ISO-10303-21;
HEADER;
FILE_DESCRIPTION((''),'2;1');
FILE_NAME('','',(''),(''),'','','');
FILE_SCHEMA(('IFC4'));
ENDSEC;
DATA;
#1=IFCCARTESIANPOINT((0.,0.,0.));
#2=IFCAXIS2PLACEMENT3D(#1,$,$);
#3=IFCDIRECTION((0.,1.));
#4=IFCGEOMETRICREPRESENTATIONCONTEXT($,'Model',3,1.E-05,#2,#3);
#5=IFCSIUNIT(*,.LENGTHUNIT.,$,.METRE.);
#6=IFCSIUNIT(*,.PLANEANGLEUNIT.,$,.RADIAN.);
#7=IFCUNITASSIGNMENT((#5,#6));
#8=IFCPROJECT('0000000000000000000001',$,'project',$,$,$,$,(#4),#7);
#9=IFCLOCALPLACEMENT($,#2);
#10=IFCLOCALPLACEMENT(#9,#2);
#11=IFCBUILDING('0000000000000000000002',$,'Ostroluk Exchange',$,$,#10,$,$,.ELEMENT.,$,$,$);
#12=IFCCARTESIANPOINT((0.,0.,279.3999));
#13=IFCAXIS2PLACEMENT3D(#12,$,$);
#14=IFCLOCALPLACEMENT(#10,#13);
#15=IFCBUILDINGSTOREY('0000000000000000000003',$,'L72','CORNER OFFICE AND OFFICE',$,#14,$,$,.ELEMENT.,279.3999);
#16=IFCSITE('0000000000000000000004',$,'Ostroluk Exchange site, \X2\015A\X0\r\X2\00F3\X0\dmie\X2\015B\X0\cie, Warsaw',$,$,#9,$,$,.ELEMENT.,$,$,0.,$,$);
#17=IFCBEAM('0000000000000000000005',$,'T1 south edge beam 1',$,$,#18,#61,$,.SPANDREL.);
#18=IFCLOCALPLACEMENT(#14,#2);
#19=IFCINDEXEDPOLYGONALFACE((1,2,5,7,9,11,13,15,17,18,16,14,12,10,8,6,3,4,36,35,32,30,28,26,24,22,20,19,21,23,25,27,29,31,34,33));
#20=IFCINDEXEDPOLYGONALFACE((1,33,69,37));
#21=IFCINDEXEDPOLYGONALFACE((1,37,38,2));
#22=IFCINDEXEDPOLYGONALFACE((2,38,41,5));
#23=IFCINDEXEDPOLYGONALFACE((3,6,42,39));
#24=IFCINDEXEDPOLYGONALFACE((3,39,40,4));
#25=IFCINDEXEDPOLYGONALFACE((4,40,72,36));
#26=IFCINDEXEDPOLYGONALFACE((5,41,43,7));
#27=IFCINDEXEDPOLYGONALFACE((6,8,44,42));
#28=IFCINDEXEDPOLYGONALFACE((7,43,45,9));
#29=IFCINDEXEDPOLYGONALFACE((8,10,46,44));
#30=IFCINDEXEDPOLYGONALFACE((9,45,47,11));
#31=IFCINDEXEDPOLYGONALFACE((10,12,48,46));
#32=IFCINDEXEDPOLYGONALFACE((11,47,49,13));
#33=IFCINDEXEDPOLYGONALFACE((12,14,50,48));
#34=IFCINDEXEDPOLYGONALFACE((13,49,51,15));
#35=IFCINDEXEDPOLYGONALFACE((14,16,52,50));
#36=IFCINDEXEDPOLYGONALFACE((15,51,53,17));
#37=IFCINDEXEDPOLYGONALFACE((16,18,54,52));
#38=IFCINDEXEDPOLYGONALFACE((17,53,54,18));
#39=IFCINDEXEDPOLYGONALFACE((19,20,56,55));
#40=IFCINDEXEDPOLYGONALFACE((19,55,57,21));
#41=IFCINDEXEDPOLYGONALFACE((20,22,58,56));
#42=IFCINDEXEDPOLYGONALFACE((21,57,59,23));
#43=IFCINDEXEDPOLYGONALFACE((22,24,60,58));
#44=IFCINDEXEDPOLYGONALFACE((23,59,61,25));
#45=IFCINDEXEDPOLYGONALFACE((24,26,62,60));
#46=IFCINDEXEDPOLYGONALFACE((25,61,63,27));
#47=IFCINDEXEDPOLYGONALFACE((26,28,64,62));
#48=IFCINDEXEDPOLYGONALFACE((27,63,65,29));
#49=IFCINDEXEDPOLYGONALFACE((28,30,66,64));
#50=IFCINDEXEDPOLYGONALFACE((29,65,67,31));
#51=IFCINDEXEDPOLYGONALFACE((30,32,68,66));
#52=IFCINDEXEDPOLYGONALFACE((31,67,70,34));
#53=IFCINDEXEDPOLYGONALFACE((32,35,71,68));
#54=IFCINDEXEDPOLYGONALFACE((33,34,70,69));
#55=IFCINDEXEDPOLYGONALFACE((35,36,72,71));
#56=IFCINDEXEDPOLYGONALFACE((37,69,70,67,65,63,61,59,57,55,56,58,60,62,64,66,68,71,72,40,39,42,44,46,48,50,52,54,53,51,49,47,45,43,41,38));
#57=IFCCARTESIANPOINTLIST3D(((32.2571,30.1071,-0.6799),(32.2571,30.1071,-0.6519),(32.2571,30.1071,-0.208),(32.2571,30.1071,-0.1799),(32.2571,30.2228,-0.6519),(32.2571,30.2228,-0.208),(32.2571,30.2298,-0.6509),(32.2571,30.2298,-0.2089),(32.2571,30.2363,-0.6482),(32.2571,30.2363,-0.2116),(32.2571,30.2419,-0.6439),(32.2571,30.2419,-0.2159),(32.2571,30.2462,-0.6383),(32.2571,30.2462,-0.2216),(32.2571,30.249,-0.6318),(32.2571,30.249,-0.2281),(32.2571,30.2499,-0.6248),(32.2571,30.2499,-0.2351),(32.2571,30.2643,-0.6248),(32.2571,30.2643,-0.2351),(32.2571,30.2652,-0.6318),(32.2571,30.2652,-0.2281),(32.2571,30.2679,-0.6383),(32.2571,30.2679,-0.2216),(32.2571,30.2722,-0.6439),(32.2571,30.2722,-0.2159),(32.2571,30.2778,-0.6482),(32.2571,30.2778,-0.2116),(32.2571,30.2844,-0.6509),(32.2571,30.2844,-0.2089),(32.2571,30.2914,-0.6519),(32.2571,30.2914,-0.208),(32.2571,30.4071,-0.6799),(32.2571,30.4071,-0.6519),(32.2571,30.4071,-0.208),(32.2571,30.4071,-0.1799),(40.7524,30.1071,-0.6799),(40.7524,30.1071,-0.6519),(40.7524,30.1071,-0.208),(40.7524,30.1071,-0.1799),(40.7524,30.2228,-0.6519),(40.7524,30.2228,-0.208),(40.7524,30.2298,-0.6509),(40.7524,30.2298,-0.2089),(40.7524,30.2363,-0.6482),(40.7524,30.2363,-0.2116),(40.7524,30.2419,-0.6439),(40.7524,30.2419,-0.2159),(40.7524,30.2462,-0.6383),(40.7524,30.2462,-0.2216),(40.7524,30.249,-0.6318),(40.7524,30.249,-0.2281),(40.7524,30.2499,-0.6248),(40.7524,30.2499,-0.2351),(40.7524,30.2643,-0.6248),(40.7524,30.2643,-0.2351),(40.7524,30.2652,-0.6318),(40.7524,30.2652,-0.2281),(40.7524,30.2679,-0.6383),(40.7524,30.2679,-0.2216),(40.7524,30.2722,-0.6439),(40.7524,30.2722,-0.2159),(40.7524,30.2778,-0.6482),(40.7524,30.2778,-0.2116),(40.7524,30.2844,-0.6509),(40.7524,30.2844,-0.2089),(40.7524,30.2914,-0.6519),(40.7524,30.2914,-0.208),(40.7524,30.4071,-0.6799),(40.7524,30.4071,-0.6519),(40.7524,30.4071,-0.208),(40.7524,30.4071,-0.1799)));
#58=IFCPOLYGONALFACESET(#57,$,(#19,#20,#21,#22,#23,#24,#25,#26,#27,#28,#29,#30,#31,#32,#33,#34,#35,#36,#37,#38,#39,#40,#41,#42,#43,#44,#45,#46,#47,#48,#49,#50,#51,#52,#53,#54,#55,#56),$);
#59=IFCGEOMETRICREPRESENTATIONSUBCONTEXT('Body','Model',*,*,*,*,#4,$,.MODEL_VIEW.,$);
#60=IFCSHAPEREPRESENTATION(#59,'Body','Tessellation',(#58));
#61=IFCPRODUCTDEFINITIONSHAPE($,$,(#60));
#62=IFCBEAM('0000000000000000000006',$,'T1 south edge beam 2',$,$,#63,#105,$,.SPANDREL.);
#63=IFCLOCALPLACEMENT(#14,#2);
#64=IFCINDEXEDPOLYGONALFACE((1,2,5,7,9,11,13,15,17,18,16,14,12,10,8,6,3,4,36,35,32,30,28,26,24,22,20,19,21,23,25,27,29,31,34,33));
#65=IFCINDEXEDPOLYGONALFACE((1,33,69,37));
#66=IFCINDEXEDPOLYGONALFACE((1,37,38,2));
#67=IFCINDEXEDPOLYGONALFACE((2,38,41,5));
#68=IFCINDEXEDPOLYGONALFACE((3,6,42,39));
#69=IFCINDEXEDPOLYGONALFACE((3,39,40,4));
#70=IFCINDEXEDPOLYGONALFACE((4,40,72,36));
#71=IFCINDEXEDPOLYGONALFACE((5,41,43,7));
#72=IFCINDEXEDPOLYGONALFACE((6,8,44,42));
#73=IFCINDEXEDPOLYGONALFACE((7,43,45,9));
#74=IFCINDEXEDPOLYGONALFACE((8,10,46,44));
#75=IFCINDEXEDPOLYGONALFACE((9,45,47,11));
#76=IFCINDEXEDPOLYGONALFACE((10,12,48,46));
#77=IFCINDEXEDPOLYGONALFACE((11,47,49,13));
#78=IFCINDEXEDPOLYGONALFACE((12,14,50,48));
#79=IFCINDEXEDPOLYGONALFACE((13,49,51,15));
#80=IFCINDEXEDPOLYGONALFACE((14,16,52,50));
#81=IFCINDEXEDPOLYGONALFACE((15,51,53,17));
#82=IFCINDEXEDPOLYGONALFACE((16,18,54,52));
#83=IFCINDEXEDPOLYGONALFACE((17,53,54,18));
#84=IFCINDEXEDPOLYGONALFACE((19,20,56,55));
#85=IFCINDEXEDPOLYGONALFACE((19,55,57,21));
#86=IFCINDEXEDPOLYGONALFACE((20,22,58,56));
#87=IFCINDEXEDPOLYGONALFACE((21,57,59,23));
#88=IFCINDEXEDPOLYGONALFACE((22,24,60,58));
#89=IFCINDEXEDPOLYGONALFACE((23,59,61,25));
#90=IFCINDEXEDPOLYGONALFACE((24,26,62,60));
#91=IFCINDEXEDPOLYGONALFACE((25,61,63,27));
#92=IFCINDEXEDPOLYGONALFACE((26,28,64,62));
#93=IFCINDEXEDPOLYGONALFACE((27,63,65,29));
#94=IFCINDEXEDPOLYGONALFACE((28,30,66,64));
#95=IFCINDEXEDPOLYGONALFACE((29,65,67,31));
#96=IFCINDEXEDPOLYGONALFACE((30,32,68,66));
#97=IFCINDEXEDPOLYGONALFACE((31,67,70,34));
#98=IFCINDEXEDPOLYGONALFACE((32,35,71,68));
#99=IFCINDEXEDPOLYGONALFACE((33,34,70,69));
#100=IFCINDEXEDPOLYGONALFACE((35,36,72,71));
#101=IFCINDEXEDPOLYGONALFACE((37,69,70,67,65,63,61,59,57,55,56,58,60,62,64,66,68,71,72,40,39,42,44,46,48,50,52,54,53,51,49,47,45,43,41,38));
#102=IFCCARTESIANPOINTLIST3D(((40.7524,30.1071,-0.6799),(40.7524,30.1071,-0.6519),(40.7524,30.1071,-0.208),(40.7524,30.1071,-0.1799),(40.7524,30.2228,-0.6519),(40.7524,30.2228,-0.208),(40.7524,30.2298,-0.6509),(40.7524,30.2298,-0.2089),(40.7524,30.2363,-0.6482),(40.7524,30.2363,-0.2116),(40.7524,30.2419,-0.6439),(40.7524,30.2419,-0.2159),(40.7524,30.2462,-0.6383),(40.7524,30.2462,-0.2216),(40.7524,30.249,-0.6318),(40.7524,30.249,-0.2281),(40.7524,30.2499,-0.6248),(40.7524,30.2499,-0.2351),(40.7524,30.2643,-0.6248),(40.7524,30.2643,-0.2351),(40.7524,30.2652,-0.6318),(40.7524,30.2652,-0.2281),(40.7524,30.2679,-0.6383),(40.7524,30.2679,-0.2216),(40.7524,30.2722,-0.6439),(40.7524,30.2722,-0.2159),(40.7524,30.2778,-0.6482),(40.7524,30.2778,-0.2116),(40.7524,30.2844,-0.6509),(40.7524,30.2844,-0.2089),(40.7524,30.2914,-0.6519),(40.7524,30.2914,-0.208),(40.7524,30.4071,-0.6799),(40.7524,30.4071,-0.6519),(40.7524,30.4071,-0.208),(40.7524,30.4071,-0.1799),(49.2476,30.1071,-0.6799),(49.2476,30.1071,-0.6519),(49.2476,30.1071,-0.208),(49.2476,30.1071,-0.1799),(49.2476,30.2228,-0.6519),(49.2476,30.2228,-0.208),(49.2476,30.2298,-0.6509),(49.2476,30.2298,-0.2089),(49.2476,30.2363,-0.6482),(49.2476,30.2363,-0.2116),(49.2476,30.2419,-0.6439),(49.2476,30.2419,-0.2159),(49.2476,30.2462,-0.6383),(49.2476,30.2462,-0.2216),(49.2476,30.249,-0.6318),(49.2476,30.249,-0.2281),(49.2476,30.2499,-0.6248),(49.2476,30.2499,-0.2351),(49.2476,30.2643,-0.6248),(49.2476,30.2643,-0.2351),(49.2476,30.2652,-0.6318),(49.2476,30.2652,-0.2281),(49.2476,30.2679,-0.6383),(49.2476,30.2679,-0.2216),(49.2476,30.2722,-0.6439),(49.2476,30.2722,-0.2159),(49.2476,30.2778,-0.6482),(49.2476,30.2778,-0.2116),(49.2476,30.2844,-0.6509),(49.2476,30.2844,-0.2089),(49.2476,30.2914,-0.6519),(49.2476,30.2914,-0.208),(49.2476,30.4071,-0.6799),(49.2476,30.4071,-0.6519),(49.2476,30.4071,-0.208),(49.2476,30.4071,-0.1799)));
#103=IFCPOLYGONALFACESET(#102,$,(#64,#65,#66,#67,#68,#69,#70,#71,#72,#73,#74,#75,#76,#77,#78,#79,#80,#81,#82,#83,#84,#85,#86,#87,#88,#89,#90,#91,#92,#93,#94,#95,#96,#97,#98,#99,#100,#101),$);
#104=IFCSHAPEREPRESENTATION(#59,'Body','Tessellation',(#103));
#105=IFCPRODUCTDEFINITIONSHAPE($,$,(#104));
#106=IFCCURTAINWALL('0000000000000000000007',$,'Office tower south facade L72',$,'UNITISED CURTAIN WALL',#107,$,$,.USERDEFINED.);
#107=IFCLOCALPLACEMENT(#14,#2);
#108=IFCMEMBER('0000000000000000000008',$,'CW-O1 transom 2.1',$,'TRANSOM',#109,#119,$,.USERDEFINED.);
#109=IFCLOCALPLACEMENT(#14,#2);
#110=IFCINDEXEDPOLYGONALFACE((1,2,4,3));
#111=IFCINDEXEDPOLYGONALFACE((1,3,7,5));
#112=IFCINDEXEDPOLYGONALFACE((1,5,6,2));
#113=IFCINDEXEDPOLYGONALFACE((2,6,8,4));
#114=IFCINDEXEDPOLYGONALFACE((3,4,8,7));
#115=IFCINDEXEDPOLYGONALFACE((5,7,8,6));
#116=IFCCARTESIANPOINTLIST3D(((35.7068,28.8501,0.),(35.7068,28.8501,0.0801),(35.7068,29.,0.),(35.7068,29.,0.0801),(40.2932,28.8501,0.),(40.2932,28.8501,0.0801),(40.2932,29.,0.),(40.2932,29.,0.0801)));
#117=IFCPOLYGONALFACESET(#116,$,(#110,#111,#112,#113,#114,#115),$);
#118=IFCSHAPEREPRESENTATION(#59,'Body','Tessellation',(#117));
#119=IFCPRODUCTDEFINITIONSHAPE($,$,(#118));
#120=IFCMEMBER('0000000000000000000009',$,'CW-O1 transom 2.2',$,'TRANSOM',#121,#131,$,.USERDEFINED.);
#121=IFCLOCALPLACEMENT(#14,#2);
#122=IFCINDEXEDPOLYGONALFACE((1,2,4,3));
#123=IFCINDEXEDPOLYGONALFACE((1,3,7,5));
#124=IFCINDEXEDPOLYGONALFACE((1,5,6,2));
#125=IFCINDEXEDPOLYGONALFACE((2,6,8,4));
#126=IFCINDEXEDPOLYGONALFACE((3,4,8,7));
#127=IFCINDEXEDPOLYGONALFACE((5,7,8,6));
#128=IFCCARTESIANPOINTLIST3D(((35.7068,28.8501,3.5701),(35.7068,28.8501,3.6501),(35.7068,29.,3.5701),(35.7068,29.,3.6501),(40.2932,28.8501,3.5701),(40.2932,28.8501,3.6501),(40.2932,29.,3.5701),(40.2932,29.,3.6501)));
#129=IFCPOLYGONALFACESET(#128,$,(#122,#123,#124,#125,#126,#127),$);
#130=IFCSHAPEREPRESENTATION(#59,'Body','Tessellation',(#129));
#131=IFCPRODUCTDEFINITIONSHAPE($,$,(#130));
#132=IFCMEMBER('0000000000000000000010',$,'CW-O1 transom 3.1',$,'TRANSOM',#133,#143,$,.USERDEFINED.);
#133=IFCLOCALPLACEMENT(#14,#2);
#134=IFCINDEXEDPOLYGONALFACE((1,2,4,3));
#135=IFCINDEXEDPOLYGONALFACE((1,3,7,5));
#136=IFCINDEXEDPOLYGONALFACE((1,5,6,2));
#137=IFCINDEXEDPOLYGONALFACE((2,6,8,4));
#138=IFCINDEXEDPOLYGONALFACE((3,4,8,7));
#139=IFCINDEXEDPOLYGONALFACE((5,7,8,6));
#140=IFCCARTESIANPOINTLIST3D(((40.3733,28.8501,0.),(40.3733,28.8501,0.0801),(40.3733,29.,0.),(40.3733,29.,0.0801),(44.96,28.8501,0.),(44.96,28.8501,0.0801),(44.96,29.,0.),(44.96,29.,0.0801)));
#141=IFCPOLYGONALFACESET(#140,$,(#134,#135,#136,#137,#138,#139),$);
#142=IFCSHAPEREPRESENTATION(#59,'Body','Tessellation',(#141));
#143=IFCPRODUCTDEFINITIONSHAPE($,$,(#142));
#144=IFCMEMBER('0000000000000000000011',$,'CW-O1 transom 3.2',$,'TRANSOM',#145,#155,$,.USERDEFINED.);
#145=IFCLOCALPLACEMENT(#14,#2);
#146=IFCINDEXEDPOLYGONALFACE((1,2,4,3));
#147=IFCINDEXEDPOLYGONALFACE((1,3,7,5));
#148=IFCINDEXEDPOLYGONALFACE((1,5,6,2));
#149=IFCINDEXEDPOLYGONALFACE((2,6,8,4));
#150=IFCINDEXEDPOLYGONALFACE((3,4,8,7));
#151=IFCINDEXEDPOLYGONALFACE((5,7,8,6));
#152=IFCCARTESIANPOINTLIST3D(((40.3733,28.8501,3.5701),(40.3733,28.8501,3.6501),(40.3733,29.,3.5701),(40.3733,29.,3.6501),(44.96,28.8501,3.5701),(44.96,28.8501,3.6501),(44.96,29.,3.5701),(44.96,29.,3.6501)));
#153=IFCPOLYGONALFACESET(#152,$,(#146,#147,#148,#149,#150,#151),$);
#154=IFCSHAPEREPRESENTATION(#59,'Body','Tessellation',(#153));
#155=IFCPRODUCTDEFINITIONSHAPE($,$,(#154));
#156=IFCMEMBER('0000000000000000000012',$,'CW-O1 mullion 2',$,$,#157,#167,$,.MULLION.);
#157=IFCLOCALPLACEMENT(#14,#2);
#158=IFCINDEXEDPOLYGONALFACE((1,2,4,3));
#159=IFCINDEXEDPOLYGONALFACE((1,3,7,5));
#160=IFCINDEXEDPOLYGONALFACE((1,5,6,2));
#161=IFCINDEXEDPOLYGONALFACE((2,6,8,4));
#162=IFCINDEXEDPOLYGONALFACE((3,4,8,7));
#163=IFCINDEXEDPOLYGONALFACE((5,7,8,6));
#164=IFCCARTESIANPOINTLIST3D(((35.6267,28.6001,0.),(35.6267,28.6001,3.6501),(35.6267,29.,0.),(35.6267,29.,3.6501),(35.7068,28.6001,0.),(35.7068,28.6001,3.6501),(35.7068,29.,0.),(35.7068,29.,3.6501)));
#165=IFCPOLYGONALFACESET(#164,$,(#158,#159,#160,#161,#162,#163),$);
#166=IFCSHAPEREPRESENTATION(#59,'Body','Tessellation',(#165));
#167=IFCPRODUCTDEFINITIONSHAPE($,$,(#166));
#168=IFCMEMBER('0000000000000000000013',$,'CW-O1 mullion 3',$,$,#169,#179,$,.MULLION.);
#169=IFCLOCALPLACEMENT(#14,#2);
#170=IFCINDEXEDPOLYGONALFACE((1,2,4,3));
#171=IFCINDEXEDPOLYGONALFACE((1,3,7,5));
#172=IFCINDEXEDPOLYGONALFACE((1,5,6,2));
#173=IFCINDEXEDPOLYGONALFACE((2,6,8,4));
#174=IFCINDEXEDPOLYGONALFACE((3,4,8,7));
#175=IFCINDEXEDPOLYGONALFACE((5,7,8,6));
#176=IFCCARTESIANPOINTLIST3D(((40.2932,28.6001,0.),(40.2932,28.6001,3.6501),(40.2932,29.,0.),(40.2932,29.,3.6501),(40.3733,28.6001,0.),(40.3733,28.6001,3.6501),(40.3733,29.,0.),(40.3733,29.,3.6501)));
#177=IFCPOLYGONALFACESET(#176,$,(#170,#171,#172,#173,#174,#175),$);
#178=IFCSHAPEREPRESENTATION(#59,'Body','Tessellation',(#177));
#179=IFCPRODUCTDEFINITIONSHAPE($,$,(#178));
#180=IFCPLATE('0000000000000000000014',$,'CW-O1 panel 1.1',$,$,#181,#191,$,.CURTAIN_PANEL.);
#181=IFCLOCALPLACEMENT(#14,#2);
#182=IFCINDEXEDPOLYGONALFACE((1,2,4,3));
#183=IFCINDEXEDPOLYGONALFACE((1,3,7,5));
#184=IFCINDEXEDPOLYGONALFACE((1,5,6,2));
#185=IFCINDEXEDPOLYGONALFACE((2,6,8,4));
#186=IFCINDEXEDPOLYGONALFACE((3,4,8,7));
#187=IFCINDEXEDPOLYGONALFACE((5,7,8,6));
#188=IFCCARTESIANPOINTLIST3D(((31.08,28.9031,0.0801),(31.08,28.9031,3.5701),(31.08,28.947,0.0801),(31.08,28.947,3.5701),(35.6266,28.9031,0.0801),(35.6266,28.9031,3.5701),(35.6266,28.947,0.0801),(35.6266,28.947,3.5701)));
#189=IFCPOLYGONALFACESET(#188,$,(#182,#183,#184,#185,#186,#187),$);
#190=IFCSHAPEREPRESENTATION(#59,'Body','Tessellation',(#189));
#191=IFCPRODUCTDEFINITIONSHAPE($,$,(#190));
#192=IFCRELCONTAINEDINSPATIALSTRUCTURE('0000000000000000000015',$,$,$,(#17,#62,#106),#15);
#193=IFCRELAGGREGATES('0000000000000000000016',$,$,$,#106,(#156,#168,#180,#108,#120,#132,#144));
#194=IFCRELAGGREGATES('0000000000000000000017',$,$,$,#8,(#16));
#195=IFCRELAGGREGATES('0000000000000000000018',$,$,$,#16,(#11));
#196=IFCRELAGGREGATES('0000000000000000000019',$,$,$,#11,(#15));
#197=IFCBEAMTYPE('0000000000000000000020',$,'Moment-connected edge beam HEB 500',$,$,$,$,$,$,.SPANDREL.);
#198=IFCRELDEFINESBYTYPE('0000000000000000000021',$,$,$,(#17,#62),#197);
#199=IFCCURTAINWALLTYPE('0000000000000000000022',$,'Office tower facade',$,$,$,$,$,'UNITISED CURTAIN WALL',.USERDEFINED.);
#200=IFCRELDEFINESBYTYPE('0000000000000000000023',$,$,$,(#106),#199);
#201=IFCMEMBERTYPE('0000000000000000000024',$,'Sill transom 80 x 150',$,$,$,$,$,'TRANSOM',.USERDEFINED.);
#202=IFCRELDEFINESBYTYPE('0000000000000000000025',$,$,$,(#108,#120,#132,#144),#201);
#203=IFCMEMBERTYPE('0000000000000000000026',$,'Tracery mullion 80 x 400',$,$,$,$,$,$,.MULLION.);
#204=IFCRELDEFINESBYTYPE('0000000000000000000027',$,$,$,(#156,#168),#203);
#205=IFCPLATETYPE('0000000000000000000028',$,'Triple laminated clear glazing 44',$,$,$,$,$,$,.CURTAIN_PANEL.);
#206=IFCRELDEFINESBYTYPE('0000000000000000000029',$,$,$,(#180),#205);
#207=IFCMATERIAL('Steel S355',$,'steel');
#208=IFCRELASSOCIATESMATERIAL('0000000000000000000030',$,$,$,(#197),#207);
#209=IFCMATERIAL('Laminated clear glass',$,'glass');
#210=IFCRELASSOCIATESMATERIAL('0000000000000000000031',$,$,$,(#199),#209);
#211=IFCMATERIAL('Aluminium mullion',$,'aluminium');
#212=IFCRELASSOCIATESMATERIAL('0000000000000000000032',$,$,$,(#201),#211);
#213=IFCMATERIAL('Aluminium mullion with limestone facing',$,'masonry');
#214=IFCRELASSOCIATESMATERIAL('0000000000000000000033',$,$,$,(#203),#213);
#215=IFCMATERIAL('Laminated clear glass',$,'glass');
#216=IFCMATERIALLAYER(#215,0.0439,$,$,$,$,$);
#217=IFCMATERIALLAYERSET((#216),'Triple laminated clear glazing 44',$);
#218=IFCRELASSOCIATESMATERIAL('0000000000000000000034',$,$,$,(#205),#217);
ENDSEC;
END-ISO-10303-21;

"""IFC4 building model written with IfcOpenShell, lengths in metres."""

from ifc_helpers import new_model, si_unit, direction, frame, origin, origin_2d, place, context, subcontext, project, spatial, rectangle, i_section, extrude, material, layer, layer_set, material_profile, profile_set, type_object, element, aggregate, save


model = new_model("IFC4")

# Units and contexts
model_context = context("Model", 3, precision=1e-05, world=origin(), true_north=direction((0.0, 1.0)))
body_context = subcontext(model_context, "Body", "Model", "MODEL_VIEW")
ifc_project = project(units=[si_unit("LENGTHUNIT", "METRE"), si_unit("PLANEANGLEUNIT", "RADIAN")], contexts=[model_context])

# Site, building, storey
site_placement = place(None, origin())
site = spatial("IfcSite", under=ifc_project, at=site_placement, Name="Ostroluk Exchange site, Śródmieście, Warsaw", CompositionType="ELEMENT", RefElevation=0.0)
building_placement = place(site_placement, origin())
building = spatial("IfcBuilding", under=site, at=building_placement, Name="Ostroluk Exchange", CompositionType="ELEMENT")
storey_placement = place(building_placement, frame((0.0, 0.0, 279.3999)))
storey = spatial("IfcBuildingStorey", under=building, at=storey_placement, Name="L72", Description="CORNER OFFICE AND OFFICE", CompositionType="ELEMENT", Elevation=279.3999)

# Beams
ifc_material_1 = material(Name="Steel S355", Category="steel")
ifc_material_profile_1 = material_profile(ifc_material_1, i_section(OverallWidth=0.3, OverallDepth=0.5, WebThickness=0.0144, FlangeThickness=0.0281, FilletRadius=0.0271, at=origin_2d()), Name="HEB 500")
ifc_profile_set_1 = profile_set([ifc_material_profile_1], Name="Steel S355")
beam_type_1 = type_object("IfcBeamType", Name="Moment-connected edge beam HEB 500", PredefinedType="SPANDREL", material=ifc_profile_set_1)
beam_1_placement = place(storey_placement, frame((32.2571, 30.2571, -0.4299), z_axis=(1.0, 0.0, 0.0), x_axis=(0.0, 1.0, 0.0)))
element("IfcBeam", 1, at=beam_1_placement, inside=storey, type_object=beam_type_1, Name="T1 south edge beam 1", PredefinedType="SPANDREL", context=body_context, shape_type="SweptSolid", body=[
    extrude(i_section(OverallWidth=0.3, OverallDepth=0.5, WebThickness=0.0144, FlangeThickness=0.0281, FilletRadius=0.0271, at=origin_2d()), origin(), (0.0, 0.0, 1.0), 8.4954),
])
beam_2_placement = place(storey_placement, frame((40.7524, 30.2571, -0.4299), z_axis=(1.0, 0.0, 0.0), x_axis=(0.0, 1.0, 0.0)))
element("IfcBeam", 2, at=beam_2_placement, inside=storey, type_object=beam_type_1, Name="T1 south edge beam 2", PredefinedType="SPANDREL", context=body_context, shape_type="SweptSolid", body=[
    extrude(i_section(OverallWidth=0.3, OverallDepth=0.5, WebThickness=0.0144, FlangeThickness=0.0281, FilletRadius=0.0271, at=origin_2d()), origin(), (0.0, 0.0, 1.0), 8.4951),
])

# Curtain wall, members, plate
ifc_material_2 = material(Name="Laminated clear glass", Category="glass")
curtain_wall_type = type_object("IfcCurtainWallType", Name="Office tower facade", ElementType="UNITISED CURTAIN WALL", PredefinedType="USERDEFINED", material=ifc_material_2)
curtain_wall_placement = place(storey_placement, origin())
curtain_wall = element("IfcCurtainWall", 3, at=curtain_wall_placement, inside=storey, type_object=curtain_wall_type, Name="Office tower south facade L72", ObjectType="UNITISED CURTAIN WALL", PredefinedType="USERDEFINED")
ifc_material_3 = material(Name="Aluminium mullion", Category="aluminium")
ifc_material_profile_2 = material_profile(ifc_material_3, rectangle(XDim=0.1499, YDim=0.0801, at=origin_2d()), Name="Sill transom 80 x 150")
ifc_profile_set_2 = profile_set([ifc_material_profile_2], Name="Aluminium mullion")
member_type_1 = type_object("IfcMemberType", Name="Sill transom 80 x 150", ElementType="TRANSOM", PredefinedType="USERDEFINED", material=ifc_profile_set_2)
member_1_placement = place(storey_placement, frame((35.7068, 28.925, 0.04), z_axis=(1.0, 0.0, 0.0), x_axis=(0.0, 1.0, 0.0)))
member_1 = element("IfcMember", 4, at=member_1_placement, type_object=member_type_1, Name="CW-O1 transom 2.1", ObjectType="TRANSOM", PredefinedType="USERDEFINED", context=body_context, shape_type="SweptSolid", body=[
    extrude(rectangle(XDim=0.1499, YDim=0.0801, at=origin_2d()), origin(), (0.0, 0.0, 1.0), 4.5864),
])
member_2_placement = place(storey_placement, frame((35.7068, 28.925, 3.6101), z_axis=(1.0, 0.0, 0.0), x_axis=(0.0, 1.0, 0.0)))
member_2 = element("IfcMember", 5, at=member_2_placement, type_object=member_type_1, Name="CW-O1 transom 2.2", ObjectType="TRANSOM", PredefinedType="USERDEFINED", context=body_context, shape_type="SweptSolid", body=[
    extrude(rectangle(XDim=0.1499, YDim=0.0801, at=origin_2d()), origin(), (0.0, 0.0, 1.0), 4.5864),
])
member_3_placement = place(storey_placement, frame((40.3733, 28.925, 0.04), z_axis=(1.0, 0.0, 0.0), x_axis=(0.0, 1.0, 0.0)))
member_3 = element("IfcMember", 6, at=member_3_placement, type_object=member_type_1, Name="CW-O1 transom 3.1", ObjectType="TRANSOM", PredefinedType="USERDEFINED", context=body_context, shape_type="SweptSolid", body=[
    extrude(rectangle(XDim=0.1499, YDim=0.0801, at=origin_2d()), origin(), (0.0, 0.0, 1.0), 4.5867),
])
member_4_placement = place(storey_placement, frame((40.3733, 28.925, 3.6101), z_axis=(1.0, 0.0, 0.0), x_axis=(0.0, 1.0, 0.0)))
member_4 = element("IfcMember", 7, at=member_4_placement, type_object=member_type_1, Name="CW-O1 transom 3.2", ObjectType="TRANSOM", PredefinedType="USERDEFINED", context=body_context, shape_type="SweptSolid", body=[
    extrude(rectangle(XDim=0.1499, YDim=0.0801, at=origin_2d()), origin(), (0.0, 0.0, 1.0), 4.5867),
])
ifc_material_4 = material(Name="Aluminium mullion with limestone facing", Category="masonry")
ifc_material_profile_3 = material_profile(ifc_material_4, rectangle(XDim=0.3999, YDim=0.0801, at=origin_2d()), Name="Tracery mullion 80 x 400")
ifc_profile_set_3 = profile_set([ifc_material_profile_3], Name="Aluminium mullion with limestone facing")
member_type_2 = type_object("IfcMemberType", Name="Tracery mullion 80 x 400", PredefinedType="MULLION", material=ifc_profile_set_3)
member_5_placement = place(storey_placement, frame((35.6667, 28.8, 0.0), z_axis=(0.0, 0.0, 1.0), x_axis=(0.0, 1.0, 0.0)))
member_5 = element("IfcMember", 8, at=member_5_placement, type_object=member_type_2, Name="CW-O1 mullion 2", PredefinedType="MULLION", context=body_context, shape_type="SweptSolid", body=[
    extrude(rectangle(XDim=0.3999, YDim=0.0801, at=origin_2d()), origin(), (0.0, 0.0, 1.0), 3.6501),
])
member_6_placement = place(storey_placement, frame((40.3333, 28.8, 0.0), z_axis=(0.0, 0.0, 1.0), x_axis=(0.0, 1.0, 0.0)))
member_6 = element("IfcMember", 9, at=member_6_placement, type_object=member_type_2, Name="CW-O1 mullion 3", PredefinedType="MULLION", context=body_context, shape_type="SweptSolid", body=[
    extrude(rectangle(XDim=0.3999, YDim=0.0801, at=origin_2d()), origin(), (0.0, 0.0, 1.0), 3.6501),
])
ifc_material_5 = material(Name="Laminated clear glass", Category="glass")
ifc_layer_1 = layer(ifc_material_5, 0.0439)
ifc_layer_set_1 = layer_set([ifc_layer_1], Name="Triple laminated clear glazing 44")
plate_type = type_object("IfcPlateType", Name="Triple laminated clear glazing 44", PredefinedType="CURTAIN_PANEL", material=ifc_layer_set_1)
plate_1_placement = place(storey_placement, frame((33.3533, 28.925, 0.0801), z_axis=(0.0, 0.0, 1.0), x_axis=(1.0, 0.0, 0.0)))
plate_1 = element("IfcPlate", 10, at=plate_1_placement, type_object=plate_type, Name="CW-O1 panel 1.1", PredefinedType="CURTAIN_PANEL", context=body_context, shape_type="SweptSolid", body=[
    extrude(rectangle(XDim=4.5466, YDim=0.0439, at=origin_2d()), origin(), (0.0, 0.0, 1.0), 3.49),
])
aggregate(curtain_wall, [member_5, member_6, plate_1, member_1, member_2, member_3, member_4])

save(model, "model.ifc")
